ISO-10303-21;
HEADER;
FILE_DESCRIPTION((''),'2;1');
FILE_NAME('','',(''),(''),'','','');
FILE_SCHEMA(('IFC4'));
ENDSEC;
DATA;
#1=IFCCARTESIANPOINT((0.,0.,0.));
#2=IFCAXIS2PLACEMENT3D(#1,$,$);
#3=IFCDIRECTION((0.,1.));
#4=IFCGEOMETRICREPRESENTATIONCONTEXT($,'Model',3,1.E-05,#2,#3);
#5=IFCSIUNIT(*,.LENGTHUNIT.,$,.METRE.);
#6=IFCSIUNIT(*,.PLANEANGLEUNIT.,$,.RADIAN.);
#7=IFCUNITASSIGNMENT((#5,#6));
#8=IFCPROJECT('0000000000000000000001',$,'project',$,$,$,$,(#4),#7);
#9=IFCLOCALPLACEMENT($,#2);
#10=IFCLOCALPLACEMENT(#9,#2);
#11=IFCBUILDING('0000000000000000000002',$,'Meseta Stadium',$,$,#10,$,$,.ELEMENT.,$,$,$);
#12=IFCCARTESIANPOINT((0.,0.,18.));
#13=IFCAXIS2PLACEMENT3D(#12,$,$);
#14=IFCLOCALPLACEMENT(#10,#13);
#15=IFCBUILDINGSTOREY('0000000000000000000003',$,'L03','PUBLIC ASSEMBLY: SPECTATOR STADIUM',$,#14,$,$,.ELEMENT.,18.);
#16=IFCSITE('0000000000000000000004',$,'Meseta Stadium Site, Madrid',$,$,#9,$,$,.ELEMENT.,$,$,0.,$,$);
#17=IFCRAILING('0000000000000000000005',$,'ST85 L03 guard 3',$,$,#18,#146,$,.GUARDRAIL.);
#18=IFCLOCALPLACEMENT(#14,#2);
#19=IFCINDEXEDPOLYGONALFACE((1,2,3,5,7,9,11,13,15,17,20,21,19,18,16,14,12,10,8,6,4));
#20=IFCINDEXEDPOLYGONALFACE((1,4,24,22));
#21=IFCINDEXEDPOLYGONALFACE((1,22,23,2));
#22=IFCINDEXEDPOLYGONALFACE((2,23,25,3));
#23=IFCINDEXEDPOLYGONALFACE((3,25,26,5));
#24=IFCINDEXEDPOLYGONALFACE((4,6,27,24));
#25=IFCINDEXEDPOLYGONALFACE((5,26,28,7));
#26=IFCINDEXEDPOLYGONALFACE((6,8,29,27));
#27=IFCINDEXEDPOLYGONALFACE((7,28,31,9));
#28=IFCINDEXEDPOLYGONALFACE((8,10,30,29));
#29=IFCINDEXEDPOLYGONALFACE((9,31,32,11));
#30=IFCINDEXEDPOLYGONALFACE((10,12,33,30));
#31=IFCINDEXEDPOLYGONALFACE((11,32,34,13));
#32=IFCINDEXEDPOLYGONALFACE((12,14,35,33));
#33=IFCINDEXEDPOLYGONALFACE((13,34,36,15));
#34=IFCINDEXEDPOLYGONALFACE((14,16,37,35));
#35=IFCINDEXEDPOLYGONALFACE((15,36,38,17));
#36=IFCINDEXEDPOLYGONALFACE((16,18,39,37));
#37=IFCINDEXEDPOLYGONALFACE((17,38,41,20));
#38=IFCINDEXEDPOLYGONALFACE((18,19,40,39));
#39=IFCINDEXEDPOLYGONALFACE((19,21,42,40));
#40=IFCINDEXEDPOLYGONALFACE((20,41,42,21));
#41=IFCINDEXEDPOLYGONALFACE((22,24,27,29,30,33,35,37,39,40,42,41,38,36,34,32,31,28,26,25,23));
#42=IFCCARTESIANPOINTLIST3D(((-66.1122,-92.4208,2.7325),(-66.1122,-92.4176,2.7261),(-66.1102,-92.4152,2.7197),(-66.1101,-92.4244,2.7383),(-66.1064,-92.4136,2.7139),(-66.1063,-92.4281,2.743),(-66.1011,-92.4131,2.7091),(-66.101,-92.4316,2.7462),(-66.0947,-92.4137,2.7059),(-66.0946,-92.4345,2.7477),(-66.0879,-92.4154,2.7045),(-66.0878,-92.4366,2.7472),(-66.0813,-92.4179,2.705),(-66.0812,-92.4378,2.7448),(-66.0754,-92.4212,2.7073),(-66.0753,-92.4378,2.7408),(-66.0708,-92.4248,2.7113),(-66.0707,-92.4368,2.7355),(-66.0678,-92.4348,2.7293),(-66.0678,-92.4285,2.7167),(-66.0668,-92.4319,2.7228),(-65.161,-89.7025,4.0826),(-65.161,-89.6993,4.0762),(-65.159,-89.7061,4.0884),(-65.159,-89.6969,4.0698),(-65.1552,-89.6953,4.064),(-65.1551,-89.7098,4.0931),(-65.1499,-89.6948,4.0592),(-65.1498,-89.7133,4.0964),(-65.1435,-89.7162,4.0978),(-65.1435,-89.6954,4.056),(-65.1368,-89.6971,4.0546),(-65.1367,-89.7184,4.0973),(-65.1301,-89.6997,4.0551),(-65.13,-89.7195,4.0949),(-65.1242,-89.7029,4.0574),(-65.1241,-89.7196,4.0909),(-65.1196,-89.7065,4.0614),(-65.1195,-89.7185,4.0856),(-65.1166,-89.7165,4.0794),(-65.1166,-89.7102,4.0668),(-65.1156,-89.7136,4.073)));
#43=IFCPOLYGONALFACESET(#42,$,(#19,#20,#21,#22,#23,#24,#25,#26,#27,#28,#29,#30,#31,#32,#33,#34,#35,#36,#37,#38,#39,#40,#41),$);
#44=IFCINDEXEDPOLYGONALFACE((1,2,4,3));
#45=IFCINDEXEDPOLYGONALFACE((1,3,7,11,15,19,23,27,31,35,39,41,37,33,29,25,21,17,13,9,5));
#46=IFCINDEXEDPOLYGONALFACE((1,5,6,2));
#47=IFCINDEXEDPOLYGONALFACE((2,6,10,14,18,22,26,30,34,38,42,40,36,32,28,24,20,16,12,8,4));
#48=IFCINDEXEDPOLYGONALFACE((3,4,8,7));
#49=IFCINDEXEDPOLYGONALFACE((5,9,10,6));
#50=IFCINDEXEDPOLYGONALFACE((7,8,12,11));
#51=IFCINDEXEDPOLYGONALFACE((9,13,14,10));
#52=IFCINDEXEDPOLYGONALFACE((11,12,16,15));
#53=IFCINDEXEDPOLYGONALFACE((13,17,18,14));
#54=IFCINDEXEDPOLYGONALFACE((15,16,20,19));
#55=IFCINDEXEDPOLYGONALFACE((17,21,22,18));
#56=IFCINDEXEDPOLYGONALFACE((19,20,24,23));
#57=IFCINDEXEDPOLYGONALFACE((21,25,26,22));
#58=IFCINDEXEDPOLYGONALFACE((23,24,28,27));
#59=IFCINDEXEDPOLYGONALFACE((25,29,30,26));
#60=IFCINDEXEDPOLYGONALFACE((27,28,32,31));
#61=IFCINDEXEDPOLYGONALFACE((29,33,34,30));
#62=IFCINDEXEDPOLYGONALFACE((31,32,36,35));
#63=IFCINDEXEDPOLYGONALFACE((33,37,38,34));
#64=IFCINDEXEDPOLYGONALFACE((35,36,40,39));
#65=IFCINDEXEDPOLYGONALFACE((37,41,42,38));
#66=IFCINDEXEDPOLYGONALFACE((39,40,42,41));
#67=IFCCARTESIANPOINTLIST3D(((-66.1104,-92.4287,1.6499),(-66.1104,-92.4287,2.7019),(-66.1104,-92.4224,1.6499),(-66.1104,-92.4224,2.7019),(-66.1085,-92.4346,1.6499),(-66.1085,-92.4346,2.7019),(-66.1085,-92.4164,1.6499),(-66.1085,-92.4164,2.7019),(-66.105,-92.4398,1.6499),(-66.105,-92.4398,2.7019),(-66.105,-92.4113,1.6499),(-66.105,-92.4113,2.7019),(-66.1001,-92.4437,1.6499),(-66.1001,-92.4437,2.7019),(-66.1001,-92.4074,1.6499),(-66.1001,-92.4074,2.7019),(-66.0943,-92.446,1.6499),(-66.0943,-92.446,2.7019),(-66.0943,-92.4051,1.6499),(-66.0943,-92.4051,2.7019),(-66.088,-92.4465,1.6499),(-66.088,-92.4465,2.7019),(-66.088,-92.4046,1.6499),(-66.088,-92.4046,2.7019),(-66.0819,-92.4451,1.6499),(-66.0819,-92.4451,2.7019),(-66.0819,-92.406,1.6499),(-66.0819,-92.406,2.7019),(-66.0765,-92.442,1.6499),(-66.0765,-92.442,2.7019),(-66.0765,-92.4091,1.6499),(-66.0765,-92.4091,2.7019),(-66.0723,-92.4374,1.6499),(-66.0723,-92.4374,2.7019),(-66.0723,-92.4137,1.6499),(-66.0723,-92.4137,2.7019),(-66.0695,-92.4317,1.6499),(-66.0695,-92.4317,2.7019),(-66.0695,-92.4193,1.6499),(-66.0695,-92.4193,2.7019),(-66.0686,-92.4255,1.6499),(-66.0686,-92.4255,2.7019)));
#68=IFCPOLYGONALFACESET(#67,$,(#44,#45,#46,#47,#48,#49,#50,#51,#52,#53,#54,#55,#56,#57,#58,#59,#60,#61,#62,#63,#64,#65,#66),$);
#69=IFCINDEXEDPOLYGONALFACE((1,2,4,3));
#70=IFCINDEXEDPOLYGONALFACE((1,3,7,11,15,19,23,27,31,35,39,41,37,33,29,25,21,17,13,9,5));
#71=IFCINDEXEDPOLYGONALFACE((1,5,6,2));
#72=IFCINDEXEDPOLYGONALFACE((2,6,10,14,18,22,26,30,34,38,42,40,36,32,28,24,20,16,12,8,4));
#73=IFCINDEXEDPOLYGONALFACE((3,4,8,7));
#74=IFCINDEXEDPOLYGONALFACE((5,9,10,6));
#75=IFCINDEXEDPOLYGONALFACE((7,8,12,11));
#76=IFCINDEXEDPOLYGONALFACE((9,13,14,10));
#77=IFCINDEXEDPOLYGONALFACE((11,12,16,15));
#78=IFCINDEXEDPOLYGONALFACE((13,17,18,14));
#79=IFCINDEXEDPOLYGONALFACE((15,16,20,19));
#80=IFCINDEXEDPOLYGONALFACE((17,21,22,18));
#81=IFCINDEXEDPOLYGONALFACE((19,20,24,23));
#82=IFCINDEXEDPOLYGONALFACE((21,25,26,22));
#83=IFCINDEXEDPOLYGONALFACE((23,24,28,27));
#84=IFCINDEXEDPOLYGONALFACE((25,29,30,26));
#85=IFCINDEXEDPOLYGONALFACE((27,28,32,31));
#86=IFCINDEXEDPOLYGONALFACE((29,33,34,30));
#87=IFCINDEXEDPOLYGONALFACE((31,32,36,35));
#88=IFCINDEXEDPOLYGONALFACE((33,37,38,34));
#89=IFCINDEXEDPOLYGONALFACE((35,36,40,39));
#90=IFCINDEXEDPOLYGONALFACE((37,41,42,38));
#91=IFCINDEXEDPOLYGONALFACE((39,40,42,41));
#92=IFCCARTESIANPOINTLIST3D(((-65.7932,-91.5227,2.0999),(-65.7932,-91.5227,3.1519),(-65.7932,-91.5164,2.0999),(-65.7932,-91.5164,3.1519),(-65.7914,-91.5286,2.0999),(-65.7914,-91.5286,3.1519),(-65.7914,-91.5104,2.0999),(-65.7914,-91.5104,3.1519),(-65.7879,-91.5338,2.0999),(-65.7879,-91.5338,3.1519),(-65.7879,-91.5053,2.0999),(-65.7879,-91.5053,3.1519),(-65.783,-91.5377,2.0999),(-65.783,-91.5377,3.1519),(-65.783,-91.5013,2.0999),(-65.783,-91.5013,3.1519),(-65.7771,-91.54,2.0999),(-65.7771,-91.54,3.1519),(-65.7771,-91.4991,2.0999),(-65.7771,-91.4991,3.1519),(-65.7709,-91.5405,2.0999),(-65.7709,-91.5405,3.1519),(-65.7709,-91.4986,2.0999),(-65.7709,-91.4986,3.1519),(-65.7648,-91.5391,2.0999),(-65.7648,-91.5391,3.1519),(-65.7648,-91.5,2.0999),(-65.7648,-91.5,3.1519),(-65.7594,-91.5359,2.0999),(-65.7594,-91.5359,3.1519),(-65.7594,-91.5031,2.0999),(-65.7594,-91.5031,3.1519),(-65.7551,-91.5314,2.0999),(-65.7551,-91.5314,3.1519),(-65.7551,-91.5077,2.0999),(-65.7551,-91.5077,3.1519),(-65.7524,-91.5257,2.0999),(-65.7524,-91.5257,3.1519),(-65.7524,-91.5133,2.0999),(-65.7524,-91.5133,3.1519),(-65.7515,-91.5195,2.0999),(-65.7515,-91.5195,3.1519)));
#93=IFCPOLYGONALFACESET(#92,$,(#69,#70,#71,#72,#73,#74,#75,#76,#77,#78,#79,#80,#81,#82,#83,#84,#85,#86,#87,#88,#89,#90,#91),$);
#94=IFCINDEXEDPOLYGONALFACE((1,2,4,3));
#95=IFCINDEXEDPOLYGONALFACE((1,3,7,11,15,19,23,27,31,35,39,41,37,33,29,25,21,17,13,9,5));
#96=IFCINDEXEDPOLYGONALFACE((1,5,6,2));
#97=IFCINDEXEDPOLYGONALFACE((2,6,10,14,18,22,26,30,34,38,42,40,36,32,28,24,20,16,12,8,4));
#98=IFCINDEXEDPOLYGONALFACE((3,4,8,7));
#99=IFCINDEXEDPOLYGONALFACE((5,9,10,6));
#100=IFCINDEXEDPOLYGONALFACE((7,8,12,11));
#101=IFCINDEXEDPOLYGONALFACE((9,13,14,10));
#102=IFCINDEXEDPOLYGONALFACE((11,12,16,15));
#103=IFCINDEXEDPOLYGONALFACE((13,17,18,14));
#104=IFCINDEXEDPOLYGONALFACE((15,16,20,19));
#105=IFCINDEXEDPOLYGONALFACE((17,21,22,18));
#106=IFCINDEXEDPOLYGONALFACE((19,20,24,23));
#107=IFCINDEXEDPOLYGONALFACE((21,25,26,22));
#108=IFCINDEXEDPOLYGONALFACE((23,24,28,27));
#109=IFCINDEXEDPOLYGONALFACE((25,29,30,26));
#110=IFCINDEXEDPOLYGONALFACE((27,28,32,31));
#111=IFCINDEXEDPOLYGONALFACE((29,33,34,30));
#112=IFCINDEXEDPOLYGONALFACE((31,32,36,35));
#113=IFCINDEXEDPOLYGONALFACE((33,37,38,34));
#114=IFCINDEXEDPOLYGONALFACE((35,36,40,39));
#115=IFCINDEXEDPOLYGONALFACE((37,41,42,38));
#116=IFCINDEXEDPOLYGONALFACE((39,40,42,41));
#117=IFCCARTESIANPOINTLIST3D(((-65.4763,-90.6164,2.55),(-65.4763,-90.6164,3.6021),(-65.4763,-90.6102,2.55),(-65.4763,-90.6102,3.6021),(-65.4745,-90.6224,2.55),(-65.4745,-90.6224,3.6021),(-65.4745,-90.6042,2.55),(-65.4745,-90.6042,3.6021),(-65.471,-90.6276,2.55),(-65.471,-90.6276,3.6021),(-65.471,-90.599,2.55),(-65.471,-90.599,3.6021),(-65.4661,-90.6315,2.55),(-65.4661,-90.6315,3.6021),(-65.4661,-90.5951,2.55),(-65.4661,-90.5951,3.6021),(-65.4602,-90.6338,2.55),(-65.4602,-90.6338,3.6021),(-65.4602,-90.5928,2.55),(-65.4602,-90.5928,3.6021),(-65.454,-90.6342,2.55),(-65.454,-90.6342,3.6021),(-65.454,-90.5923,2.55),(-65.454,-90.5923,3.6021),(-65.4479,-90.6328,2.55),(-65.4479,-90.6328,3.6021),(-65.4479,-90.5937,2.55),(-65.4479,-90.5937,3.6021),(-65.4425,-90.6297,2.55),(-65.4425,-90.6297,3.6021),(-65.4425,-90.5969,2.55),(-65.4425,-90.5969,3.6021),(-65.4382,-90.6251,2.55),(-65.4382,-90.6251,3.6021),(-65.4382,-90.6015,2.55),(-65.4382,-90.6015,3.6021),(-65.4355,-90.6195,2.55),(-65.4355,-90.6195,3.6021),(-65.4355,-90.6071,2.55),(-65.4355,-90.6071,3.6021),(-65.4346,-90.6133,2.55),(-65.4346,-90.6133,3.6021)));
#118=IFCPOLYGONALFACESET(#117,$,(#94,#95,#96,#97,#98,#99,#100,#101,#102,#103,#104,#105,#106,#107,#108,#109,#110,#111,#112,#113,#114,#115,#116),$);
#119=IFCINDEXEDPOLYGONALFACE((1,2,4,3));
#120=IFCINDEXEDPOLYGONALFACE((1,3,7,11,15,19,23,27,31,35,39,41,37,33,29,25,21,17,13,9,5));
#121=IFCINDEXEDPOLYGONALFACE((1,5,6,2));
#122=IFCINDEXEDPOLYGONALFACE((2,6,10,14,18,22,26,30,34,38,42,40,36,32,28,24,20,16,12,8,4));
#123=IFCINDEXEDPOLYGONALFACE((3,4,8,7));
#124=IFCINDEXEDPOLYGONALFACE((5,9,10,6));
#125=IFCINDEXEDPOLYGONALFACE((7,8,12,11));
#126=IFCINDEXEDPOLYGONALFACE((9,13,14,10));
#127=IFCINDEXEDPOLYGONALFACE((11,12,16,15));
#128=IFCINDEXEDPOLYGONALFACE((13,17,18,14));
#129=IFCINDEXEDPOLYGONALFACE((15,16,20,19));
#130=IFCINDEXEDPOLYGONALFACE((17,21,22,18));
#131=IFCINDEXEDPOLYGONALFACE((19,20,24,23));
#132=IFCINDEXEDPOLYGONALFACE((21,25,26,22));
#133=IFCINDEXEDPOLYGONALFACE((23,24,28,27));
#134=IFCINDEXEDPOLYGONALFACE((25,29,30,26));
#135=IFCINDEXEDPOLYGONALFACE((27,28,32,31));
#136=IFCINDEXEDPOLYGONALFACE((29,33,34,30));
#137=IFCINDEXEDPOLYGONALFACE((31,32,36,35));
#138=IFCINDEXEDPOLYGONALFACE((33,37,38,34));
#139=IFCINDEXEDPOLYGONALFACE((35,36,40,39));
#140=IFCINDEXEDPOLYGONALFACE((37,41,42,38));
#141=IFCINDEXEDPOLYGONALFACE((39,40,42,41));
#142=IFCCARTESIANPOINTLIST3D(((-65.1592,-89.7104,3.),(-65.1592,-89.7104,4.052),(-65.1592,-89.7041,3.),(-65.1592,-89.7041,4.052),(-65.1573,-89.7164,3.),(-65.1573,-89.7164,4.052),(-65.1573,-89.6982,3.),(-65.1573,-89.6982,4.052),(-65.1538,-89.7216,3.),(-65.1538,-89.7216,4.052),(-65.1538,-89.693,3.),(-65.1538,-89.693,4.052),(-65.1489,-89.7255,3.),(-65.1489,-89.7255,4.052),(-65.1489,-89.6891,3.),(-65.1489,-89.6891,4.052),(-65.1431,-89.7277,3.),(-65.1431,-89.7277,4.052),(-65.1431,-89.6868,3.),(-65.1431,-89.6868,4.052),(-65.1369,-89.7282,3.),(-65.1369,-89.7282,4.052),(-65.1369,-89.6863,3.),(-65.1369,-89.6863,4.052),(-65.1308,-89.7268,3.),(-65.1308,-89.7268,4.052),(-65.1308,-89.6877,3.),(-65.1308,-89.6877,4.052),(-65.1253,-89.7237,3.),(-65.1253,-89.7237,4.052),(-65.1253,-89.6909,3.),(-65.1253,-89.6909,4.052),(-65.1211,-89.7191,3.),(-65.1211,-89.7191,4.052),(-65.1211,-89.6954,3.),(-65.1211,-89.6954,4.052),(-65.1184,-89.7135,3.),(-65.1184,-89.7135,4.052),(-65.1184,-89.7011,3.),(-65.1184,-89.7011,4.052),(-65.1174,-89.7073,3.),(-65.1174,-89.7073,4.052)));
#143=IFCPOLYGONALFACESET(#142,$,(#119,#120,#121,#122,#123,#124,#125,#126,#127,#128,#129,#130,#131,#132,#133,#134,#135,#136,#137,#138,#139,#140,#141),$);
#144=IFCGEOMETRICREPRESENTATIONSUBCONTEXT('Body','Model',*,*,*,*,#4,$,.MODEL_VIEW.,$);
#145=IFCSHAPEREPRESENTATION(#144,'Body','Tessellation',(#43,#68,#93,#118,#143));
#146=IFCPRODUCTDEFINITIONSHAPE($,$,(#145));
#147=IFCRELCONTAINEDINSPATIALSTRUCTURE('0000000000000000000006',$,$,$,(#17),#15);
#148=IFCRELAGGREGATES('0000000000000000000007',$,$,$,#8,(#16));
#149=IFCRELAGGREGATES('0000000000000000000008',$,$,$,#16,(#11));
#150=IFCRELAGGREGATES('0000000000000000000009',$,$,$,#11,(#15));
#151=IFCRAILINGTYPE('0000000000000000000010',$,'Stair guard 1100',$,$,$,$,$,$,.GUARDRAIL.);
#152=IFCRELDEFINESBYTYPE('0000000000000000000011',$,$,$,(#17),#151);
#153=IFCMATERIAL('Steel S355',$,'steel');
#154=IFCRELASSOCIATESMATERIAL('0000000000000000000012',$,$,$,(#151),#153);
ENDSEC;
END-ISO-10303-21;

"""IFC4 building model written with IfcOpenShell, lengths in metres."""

from ifc_helpers import new_model, si_unit, direction, frame, origin, origin_2d, place, context, subcontext, project, spatial, circle, extrude, material, type_object, element, save


model = new_model("IFC4")

# Units and contexts
model_context = context("Model", 3, precision=1e-05, world=origin(), true_north=direction((0.0, 1.0)))
body_context = subcontext(model_context, "Body", "Model", "MODEL_VIEW")
ifc_project = project(units=[si_unit("LENGTHUNIT", "METRE"), si_unit("PLANEANGLEUNIT", "RADIAN")], contexts=[model_context])

# Site, building, storey
site_placement = place(None, origin())
site = spatial("IfcSite", under=ifc_project, at=site_placement, Name="Meseta Stadium Site, Madrid", CompositionType="ELEMENT", RefElevation=0.0)
building_placement = place(site_placement, origin())
building = spatial("IfcBuilding", under=site, at=building_placement, Name="Meseta Stadium", CompositionType="ELEMENT")
storey_placement = place(building_placement, frame((0.0, 0.0, 18.0)))
storey = spatial("IfcBuildingStorey", under=building, at=storey_placement, Name="L03", Description="PUBLIC ASSEMBLY: SPECTATOR STADIUM", CompositionType="ELEMENT", Elevation=18.0)

# Railing
ifc_material_1 = material(Name="Steel S355", Category="steel")
railing_type_1 = type_object("IfcRailingType", Name="Stair guard 1100", PredefinedType="GUARDRAIL", material=ifc_material_1)
railing_1_placement = place(storey_placement, frame((-66.0896, -92.4255, 1.6499)))
element("IfcRailing", 1, at=railing_1_placement, inside=storey, type_object=railing_type_1, Name="ST85 L03 guard 3", PredefinedType="GUARDRAIL", context=body_context, shape_type="SweptSolid", body=[
    extrude(circle(Radius=0.0239, at=origin_2d()), frame((0.0, 0.0, 1.0762), z_axis=(0.299051, 0.854629, 0.424474), x_axis=(-0.943882, 0.330282, 0.0)), (0.0, 0.0, 1.0), 3.1807),
    extrude(circle(Radius=0.021, at=origin_2d()), origin(), (0.0, 0.0, 1.0), 1.052),
    extrude(circle(Radius=0.021, at=origin_2d()), frame((0.3171, 0.906, 0.45)), (0.0, 0.0, 1.0), 1.052),
    extrude(circle(Radius=0.021, at=origin_2d()), frame((0.634, 1.8123, 0.9001)), (0.0, 0.0, 1.0), 1.052),
    extrude(circle(Radius=0.021, at=origin_2d()), frame((0.9512, 2.7183, 1.3501)), (0.0, 0.0, 1.0), 1.052),
])

save(model, "model.ifc")
